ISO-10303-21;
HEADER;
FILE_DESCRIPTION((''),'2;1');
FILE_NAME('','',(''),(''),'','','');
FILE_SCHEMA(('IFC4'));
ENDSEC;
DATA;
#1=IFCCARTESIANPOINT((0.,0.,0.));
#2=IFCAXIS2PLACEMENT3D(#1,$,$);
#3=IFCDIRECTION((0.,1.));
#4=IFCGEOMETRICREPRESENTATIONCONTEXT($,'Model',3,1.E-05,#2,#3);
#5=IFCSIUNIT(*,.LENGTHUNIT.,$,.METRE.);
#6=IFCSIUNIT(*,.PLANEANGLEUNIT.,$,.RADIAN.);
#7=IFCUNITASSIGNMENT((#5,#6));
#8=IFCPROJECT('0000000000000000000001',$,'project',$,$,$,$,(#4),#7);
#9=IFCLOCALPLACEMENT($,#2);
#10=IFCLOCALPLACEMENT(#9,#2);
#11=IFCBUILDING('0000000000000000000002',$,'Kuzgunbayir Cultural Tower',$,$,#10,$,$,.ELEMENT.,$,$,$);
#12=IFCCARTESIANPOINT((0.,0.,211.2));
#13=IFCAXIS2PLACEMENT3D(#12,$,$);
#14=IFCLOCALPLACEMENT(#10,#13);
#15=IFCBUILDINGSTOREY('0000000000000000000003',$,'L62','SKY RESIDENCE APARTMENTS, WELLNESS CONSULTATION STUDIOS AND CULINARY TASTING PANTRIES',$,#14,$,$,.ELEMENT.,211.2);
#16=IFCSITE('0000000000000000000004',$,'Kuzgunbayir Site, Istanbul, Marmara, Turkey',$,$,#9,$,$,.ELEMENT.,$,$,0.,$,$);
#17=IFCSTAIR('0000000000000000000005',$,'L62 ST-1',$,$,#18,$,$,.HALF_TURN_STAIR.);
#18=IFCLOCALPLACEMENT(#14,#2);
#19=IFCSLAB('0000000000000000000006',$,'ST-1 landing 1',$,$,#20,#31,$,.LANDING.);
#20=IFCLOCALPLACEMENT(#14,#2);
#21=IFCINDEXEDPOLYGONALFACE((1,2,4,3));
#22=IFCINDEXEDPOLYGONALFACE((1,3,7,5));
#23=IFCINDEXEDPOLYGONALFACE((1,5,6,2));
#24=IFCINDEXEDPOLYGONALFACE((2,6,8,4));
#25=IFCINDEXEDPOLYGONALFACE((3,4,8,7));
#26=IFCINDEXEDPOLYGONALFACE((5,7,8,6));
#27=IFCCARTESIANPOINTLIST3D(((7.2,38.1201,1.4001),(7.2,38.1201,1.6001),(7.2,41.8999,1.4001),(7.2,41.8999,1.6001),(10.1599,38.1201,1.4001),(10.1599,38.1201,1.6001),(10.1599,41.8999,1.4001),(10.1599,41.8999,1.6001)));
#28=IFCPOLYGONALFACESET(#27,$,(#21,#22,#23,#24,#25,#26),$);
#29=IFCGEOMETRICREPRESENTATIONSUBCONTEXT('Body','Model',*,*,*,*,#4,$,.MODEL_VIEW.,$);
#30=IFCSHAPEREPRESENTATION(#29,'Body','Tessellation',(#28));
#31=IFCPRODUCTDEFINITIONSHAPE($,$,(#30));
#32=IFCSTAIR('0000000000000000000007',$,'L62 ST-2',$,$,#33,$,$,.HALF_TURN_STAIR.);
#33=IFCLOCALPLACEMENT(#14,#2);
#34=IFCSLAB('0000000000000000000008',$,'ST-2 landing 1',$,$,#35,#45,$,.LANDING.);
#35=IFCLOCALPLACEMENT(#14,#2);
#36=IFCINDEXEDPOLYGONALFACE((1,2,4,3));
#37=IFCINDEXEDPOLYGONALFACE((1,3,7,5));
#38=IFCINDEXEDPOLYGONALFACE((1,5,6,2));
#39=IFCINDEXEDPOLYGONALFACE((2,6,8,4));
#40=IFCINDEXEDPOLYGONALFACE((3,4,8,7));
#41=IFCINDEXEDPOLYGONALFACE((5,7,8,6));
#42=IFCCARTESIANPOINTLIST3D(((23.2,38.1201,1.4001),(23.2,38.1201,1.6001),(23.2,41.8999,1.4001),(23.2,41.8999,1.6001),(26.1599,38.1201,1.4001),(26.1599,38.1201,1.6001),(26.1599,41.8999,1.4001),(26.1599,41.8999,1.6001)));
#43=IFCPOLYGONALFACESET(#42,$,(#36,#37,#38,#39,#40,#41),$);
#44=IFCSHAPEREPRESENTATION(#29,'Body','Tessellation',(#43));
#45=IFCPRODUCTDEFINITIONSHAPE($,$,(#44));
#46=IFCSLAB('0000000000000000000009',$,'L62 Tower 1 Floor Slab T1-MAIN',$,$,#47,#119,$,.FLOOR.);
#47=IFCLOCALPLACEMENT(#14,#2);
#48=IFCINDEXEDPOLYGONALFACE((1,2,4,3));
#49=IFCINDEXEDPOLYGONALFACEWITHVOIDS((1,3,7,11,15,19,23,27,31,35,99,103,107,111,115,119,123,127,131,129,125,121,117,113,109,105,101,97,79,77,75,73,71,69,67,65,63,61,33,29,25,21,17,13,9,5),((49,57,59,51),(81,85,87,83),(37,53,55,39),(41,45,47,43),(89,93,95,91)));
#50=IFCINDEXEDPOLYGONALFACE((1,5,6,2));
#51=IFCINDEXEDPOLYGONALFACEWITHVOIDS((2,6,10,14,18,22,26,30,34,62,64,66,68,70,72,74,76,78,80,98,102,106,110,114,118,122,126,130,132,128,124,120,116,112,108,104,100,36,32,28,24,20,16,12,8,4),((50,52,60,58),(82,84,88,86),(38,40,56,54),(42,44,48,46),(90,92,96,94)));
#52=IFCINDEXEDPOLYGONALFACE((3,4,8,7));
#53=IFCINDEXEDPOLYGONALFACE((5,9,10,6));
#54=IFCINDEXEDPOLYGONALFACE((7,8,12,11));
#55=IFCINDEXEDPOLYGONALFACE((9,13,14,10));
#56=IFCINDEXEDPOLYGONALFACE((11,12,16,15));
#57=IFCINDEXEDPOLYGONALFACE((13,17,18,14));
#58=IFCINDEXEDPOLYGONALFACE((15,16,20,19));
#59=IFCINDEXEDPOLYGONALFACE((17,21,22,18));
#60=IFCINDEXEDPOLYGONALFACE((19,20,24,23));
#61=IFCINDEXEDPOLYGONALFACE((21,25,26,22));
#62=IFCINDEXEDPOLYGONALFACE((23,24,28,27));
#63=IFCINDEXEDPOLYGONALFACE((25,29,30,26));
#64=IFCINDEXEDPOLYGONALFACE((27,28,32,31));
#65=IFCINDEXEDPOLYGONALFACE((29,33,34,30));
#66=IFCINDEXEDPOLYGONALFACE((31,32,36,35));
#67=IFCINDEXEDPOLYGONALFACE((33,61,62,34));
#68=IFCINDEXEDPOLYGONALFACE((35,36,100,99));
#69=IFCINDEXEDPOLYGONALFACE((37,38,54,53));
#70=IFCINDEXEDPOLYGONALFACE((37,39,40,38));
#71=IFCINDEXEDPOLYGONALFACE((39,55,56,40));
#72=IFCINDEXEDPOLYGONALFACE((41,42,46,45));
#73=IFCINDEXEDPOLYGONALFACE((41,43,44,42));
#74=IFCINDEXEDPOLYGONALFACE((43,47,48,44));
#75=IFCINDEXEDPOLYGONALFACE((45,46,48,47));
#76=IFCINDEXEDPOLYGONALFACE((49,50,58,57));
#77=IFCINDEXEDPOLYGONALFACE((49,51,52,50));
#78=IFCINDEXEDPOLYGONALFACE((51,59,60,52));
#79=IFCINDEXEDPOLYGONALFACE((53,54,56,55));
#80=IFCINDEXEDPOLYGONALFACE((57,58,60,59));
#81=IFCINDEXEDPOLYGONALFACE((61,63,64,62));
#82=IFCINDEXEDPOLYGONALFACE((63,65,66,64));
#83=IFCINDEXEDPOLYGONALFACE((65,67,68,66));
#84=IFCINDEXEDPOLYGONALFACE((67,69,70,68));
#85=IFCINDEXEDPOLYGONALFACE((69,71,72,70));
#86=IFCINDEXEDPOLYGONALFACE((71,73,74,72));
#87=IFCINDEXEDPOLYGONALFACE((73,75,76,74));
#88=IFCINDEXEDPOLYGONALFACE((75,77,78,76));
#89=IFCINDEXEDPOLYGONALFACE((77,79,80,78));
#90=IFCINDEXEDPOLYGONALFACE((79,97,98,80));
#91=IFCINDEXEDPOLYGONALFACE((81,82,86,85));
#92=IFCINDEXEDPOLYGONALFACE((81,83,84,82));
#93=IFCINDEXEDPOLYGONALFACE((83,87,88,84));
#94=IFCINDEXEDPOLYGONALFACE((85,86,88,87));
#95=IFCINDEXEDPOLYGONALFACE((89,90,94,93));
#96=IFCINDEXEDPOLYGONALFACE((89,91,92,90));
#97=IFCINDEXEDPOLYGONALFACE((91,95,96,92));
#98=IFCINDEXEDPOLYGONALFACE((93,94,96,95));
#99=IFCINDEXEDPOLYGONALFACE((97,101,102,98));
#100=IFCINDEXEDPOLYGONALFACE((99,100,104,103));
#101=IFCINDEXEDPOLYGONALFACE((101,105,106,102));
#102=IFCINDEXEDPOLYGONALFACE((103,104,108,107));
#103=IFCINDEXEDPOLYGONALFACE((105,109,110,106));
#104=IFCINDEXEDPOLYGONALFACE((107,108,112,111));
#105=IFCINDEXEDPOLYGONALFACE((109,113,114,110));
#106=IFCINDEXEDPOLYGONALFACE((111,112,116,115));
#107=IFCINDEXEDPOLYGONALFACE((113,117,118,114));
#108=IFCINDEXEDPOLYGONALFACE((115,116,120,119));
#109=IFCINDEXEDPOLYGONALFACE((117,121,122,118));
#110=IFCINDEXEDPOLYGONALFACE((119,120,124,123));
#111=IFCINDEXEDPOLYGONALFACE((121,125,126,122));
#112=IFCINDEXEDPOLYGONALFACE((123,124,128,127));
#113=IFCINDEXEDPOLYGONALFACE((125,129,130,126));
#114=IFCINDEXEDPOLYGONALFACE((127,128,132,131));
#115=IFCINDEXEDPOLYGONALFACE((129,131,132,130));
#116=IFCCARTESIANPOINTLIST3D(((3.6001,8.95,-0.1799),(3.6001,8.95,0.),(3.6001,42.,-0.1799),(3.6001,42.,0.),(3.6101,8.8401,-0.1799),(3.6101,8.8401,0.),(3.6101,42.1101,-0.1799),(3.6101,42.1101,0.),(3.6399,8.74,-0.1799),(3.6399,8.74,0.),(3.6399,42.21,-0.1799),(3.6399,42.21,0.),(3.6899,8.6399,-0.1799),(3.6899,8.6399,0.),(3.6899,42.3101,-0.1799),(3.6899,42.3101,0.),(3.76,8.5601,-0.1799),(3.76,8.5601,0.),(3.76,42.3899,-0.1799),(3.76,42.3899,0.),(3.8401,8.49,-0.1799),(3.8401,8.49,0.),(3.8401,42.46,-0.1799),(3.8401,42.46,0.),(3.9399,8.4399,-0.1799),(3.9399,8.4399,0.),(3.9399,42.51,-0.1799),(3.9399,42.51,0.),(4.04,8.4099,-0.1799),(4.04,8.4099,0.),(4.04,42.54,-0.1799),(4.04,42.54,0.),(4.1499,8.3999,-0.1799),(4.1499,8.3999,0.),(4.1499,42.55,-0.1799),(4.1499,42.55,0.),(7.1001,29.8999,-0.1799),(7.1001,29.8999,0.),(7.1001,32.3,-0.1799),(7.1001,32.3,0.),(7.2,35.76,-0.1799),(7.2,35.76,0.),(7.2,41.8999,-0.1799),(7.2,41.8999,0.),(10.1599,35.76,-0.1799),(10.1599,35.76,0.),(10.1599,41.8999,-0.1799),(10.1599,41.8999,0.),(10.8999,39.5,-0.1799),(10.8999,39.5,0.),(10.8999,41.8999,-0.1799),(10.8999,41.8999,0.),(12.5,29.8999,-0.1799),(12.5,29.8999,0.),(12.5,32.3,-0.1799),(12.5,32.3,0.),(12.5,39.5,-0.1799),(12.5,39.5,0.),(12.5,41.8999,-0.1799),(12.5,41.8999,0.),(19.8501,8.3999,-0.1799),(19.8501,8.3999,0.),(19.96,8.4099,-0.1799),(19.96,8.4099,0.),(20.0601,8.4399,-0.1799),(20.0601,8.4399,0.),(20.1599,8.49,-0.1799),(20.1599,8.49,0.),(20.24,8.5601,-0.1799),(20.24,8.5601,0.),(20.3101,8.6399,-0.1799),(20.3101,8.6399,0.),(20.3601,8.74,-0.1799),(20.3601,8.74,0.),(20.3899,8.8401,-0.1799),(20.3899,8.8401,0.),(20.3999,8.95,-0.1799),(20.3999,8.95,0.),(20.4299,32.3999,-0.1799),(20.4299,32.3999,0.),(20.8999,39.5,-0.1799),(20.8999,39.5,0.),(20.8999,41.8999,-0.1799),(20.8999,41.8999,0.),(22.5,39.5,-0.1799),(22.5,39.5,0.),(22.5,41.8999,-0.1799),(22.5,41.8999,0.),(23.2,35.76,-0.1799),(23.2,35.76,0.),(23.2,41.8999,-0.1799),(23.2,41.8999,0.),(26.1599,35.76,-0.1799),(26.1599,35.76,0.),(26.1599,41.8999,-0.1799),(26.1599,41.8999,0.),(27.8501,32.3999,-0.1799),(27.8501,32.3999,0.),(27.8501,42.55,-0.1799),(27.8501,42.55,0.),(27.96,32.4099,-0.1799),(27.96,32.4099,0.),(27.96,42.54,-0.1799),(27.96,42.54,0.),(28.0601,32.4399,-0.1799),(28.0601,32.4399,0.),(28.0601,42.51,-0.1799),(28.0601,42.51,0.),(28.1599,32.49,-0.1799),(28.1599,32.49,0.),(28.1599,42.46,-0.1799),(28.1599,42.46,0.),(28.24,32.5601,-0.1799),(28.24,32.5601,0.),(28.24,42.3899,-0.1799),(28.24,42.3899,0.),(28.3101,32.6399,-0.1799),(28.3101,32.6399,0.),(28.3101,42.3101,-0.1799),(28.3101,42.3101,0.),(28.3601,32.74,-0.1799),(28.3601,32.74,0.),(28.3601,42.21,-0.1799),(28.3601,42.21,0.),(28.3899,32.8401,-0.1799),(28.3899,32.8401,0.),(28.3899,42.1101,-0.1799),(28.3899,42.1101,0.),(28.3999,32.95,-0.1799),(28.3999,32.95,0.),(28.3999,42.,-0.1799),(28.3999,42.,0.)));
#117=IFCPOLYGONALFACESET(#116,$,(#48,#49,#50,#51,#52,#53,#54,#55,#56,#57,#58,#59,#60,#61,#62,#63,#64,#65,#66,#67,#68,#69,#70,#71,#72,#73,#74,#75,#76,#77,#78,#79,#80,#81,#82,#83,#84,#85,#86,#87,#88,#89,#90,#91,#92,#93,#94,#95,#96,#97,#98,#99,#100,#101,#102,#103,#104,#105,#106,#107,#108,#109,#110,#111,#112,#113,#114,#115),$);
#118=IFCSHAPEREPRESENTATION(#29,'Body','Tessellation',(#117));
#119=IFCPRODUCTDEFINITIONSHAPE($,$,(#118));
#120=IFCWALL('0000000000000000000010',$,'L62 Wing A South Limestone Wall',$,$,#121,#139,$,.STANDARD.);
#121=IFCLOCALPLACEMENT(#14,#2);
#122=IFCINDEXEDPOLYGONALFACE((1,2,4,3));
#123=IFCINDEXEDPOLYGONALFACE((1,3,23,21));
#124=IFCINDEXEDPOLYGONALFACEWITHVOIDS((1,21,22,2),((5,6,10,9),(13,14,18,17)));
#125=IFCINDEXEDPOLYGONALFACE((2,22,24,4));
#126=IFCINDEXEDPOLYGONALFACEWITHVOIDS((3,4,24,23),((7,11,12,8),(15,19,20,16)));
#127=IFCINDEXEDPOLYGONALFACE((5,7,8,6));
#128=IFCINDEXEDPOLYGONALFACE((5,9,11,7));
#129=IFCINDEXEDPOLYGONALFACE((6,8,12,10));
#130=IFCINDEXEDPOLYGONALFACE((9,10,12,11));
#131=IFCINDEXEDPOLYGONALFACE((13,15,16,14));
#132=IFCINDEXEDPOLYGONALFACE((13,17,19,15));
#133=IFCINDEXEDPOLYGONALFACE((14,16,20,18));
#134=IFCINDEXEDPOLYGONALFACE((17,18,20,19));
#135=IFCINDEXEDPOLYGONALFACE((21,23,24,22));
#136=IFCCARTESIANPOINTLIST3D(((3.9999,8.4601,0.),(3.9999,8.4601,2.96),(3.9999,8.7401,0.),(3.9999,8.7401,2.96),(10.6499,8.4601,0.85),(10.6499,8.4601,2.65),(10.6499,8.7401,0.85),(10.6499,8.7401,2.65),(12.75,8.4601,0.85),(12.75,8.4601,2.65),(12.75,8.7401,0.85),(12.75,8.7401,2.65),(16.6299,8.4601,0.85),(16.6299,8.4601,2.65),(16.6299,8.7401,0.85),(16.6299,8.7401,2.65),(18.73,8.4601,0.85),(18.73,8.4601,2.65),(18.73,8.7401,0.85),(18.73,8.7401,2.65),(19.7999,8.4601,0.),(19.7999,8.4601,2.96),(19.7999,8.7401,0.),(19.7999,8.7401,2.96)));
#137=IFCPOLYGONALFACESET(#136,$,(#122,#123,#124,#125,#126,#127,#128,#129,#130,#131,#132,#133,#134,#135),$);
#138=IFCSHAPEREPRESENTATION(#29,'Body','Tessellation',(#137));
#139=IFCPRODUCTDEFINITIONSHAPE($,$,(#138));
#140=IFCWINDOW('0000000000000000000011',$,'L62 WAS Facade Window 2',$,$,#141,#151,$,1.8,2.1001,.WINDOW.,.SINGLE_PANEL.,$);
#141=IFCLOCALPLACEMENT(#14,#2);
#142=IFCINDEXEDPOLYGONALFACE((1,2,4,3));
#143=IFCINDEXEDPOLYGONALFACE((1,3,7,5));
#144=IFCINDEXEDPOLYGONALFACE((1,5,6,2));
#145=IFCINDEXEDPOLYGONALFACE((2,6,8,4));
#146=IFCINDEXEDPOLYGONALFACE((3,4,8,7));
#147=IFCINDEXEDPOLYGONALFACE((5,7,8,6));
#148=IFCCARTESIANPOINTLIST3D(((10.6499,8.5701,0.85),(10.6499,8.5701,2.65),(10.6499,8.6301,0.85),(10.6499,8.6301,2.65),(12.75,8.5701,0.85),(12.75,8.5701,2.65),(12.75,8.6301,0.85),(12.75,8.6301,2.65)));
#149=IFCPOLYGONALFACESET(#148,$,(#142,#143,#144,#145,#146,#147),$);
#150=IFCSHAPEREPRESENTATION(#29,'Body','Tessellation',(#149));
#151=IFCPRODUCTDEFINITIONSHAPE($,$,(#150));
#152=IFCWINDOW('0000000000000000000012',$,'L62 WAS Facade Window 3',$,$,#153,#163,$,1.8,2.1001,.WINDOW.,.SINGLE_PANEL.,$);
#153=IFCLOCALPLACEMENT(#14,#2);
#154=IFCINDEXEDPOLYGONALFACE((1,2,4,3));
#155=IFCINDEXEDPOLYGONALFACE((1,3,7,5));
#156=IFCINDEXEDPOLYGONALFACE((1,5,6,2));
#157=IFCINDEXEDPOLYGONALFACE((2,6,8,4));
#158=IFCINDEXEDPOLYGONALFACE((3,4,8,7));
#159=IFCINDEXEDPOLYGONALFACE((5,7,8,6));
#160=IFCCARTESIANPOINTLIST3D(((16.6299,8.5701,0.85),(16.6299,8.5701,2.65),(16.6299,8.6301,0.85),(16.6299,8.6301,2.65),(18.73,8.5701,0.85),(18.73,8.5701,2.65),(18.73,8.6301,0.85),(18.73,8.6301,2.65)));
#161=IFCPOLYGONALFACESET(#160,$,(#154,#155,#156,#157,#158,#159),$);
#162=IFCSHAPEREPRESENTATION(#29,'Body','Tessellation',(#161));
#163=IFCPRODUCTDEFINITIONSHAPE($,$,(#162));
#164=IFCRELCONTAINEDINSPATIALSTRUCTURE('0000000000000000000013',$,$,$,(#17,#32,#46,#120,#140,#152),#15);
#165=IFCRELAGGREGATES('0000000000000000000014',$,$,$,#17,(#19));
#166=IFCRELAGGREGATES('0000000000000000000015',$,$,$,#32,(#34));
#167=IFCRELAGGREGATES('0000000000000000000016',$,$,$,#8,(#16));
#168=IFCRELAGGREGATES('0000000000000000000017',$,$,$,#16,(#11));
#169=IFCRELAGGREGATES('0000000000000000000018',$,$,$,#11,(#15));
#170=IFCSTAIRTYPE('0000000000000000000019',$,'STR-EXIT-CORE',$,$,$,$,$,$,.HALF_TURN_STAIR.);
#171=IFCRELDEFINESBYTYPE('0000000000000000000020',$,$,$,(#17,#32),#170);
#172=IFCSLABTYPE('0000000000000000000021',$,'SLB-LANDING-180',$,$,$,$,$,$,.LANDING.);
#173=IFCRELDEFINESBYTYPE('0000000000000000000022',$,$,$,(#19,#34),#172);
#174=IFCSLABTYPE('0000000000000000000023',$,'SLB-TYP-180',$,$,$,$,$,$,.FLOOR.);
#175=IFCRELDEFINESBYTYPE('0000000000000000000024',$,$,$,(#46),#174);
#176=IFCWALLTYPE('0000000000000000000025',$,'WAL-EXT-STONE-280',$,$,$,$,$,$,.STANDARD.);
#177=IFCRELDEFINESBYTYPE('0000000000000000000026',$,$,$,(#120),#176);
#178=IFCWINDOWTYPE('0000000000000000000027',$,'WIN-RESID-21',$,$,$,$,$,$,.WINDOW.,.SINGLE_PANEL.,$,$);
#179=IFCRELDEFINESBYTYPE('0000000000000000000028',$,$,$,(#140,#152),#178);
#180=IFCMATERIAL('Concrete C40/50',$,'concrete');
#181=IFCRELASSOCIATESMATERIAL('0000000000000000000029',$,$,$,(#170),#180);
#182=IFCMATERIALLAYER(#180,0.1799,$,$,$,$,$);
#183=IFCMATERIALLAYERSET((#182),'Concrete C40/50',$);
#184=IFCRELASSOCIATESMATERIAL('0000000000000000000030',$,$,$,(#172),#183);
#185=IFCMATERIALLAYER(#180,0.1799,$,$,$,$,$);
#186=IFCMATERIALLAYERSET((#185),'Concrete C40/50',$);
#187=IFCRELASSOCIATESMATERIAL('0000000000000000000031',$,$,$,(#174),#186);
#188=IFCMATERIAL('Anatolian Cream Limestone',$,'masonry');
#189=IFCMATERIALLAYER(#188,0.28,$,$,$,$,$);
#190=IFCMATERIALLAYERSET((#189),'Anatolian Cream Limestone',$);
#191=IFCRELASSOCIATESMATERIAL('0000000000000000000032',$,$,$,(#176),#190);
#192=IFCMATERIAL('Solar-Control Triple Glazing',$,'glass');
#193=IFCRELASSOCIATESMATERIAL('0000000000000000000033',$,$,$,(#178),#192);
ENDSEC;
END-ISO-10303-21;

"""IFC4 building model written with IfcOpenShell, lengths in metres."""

from ifc_helpers import new_model, si_unit, direction, frame, frame_2d, origin, place, context, subcontext, project, spatial, polyline, rectangle, outline, extrude, material, layer, layer_set, type_object, element, fill, aggregate, save


model = new_model("IFC4")

# Units and contexts
model_context = context("Model", 3, precision=1e-05, world=origin(), true_north=direction((0.0, 1.0)))
body_context = subcontext(model_context, "Body", "Model", "MODEL_VIEW")
ifc_project = project(units=[si_unit("LENGTHUNIT", "METRE"), si_unit("PLANEANGLEUNIT", "RADIAN")], contexts=[model_context])

# Site, building, storey
site_placement = place(None, origin())
site = spatial("IfcSite", under=ifc_project, at=site_placement, Name="Kuzgunbayir Site, Istanbul, Marmara, Turkey", CompositionType="ELEMENT", RefElevation=0.0)
building_placement = place(site_placement, origin())
building = spatial("IfcBuilding", under=site, at=building_placement, Name="Kuzgunbayir Cultural Tower", CompositionType="ELEMENT")
storey_placement = place(building_placement, frame((0.0, 0.0, 211.2)))
storey = spatial("IfcBuildingStorey", under=building, at=storey_placement, Name="L62", Description="SKY RESIDENCE APARTMENTS, WELLNESS CONSULTATION STUDIOS AND CULINARY TASTING PANTRIES", CompositionType="ELEMENT", Elevation=211.2)

# Shared definitions
ifc_material_1 = material(Name="Concrete C40/50", Category="concrete")

# Stairs, slabs
stair_type = type_object("IfcStairType", Name="STR-EXIT-CORE", PredefinedType="HALF_TURN_STAIR", material=ifc_material_1)
stair_1_placement = place(storey_placement, origin())
stair_1 = element("IfcStair", 1, at=stair_1_placement, inside=storey, type_object=stair_type, Name="L62 ST-1", PredefinedType="HALF_TURN_STAIR")
ifc_layer_1 = layer(ifc_material_1, 0.1799)
ifc_layer_set_1 = layer_set([ifc_layer_1], Name="Concrete C40/50")
slab_type_1 = type_object("IfcSlabType", Name="SLB-LANDING-180", PredefinedType="LANDING", material=ifc_layer_set_1)
slab_1_placement = place(storey_placement, frame((0.0, 0.0, 1.4001)))
slab_1 = element("IfcSlab", 2, at=slab_1_placement, type_object=slab_type_1, Name="ST-1 landing 1", PredefinedType="LANDING", context=body_context, shape_type="SweptSolid", body=[
    extrude(outline(polyline([(10.1599, 38.1201), (10.1599, 41.8999), (7.2, 41.8999), (7.2, 38.1201), (10.1599, 38.1201)])), origin(), (0.0, 0.0, 1.0), 0.2),
])
aggregate(stair_1, [slab_1])
stair_2_placement = place(storey_placement, origin())
stair_2 = element("IfcStair", 3, at=stair_2_placement, inside=storey, type_object=stair_type, Name="L62 ST-2", PredefinedType="HALF_TURN_STAIR")
slab_2_placement = place(storey_placement, frame((0.0, 0.0, 1.4001)))
slab_2 = element("IfcSlab", 4, at=slab_2_placement, type_object=slab_type_1, Name="ST-2 landing 1", PredefinedType="LANDING", context=body_context, shape_type="SweptSolid", body=[
    extrude(outline(polyline([(26.1599, 38.1201), (26.1599, 41.8999), (23.2, 41.8999), (23.2, 38.1201), (26.1599, 38.1201)])), origin(), (0.0, 0.0, 1.0), 0.2),
])
aggregate(stair_2, [slab_2])

# Slab
ifc_layer_2 = layer(ifc_material_1, 0.1799)
ifc_layer_set_2 = layer_set([ifc_layer_2], Name="Concrete C40/50")
slab_type_2 = type_object("IfcSlabType", Name="SLB-TYP-180", PredefinedType="FLOOR", material=ifc_layer_set_2)
slab_3_placement = place(storey_placement, frame((0.0, 0.0, -0.1799)))
element("IfcSlab", 5, at=slab_3_placement, inside=storey, type_object=slab_type_2, Name="L62 Tower 1 Floor Slab T1-MAIN", PredefinedType="FLOOR", context=body_context, shape_type="SweptSolid", body=[
    extrude(outline(polyline([(20.3999, 8.95), (20.3899, 8.8401), (20.3601, 8.74), (20.3101, 8.6399), (20.24, 8.5601), (20.1599, 8.49), (20.0601, 8.4399), (19.96, 8.4099), (19.8501, 8.3999), (4.1499, 8.3999), (4.04, 8.4099), (3.9399, 8.4399), (3.8401, 8.49), (3.76, 8.5601), (3.6899, 8.6399), (3.6399, 8.74), (3.6101, 8.8401), (3.6001, 8.95), (3.6001, 42.0), (3.6101, 42.1101), (3.6399, 42.21), (3.6899, 42.3101), (3.76, 42.3899), (3.8401, 42.46), (3.9399, 42.51), (4.04, 42.54), (4.1499, 42.55), (27.8501, 42.55), (27.96, 42.54), (28.0601, 42.51), (28.1599, 42.46), (28.24, 42.3899), (28.3101, 42.3101), (28.3601, 42.21), (28.3899, 42.1101), (28.3999, 42.0), (28.3999, 32.95), (28.3899, 32.8401), (28.3601, 32.74), (28.3101, 32.6399), (28.24, 32.5601), (28.1599, 32.49), (28.0601, 32.4399), (27.96, 32.4099), (27.8501, 32.3999), (20.4299, 32.3999), (20.3999, 8.95)]), holes=[polyline([(7.2, 35.76), (7.2, 41.8999), (10.1599, 41.8999), (10.1599, 35.76), (7.2, 35.76)]), polyline([(23.2, 35.76), (23.2, 41.8999), (26.1599, 41.8999), (26.1599, 35.76), (23.2, 35.76)]), polyline([(7.1001, 29.8999), (7.1001, 32.3), (12.5, 32.3), (12.5, 29.8999), (7.1001, 29.8999)]), polyline([(10.8999, 39.5), (10.8999, 41.8999), (12.5, 41.8999), (12.5, 39.5), (10.8999, 39.5)]), polyline([(20.8999, 39.5), (20.8999, 41.8999), (22.5, 41.8999), (22.5, 39.5), (20.8999, 39.5)])]), origin(), (0.0, 0.0, 1.0), 0.1799),
])

# Wall, openings, windows
ifc_material_2 = material(Name="Anatolian Cream Limestone", Category="masonry")
ifc_layer_3 = layer(ifc_material_2, 0.28)
ifc_layer_set_3 = layer_set([ifc_layer_3], Name="Anatolian Cream Limestone")
wall_type_1 = type_object("IfcWallType", Name="WAL-EXT-STONE-280", PredefinedType="STANDARD", material=ifc_layer_set_3)
wall_1_placement = place(storey_placement, frame((4.0, 8.6001, 0.0), z_axis=(0.0, 0.0, 1.0), x_axis=(1.0, 0.0, 0.0)))
wall_1 = element("IfcWall", 6, at=wall_1_placement, inside=storey, type_object=wall_type_1, Name="L62 Wing A South Limestone Wall", PredefinedType="STANDARD", context=body_context, shape_type="SweptSolid", body=[
    extrude(rectangle(XDim=15.8, YDim=0.28, at=frame_2d((7.8999, 0.0))), origin(), (0.0, 0.0, 1.0), 2.96),
])
opening_1_placement = place(wall_1_placement, frame((6.6499, 0.0, 0.8501)))
opening_1 = element("IfcOpeningElement", 7, at=opening_1_placement, cuts=wall_1, PredefinedType="OPENING", context=body_context, shape_type="SweptSolid", body=[
    extrude(rectangle(XDim=2.1001, YDim=1.8, at=frame_2d((1.05, 0.8999))), frame((0.0, 0.1499, 0.0), z_axis=(0.0, -1.0, 0.0), x_axis=(1.0, 0.0, 0.0)), (0.0, 0.0, 1.0), 0.3),
])
opening_2_placement = place(wall_1_placement, frame((12.6299, 0.0, 0.8501)))
opening_2 = element("IfcOpeningElement", 8, at=opening_2_placement, cuts=wall_1, PredefinedType="OPENING", context=body_context, shape_type="SweptSolid", body=[
    extrude(rectangle(XDim=2.1001, YDim=1.8, at=frame_2d((1.05, 0.8999))), frame((0.0, 0.1499, 0.0), z_axis=(0.0, -1.0, 0.0), x_axis=(1.0, 0.0, 0.0)), (0.0, 0.0, 1.0), 0.3),
])
ifc_material_3 = material(Name="Solar-Control Triple Glazing", Category="glass")
window_type = type_object("IfcWindowType", Name="WIN-RESID-21", PartitioningType="SINGLE_PANEL", PredefinedType="WINDOW", material=ifc_material_3)
window_1_placement = place(opening_1_placement, origin())
window_1 = element("IfcWindow", 9, at=window_1_placement, inside=storey, type_object=window_type, Name="L62 WAS Facade Window 2", OverallHeight=1.8, OverallWidth=2.1001, PartitioningType="SINGLE_PANEL", PredefinedType="WINDOW", context=body_context, shape_type="SweptSolid", body=[
    extrude(rectangle(XDim=2.1001, YDim=1.8, at=frame_2d((1.05, 0.8999))), frame((0.0, 0.03, 0.0), z_axis=(0.0, -1.0, 0.0), x_axis=(1.0, 0.0, 0.0)), (0.0, 0.0, 1.0), 0.0601),
])
fill(opening_1, window_1)
window_2_placement = place(opening_2_placement, origin())
window_2 = element("IfcWindow", 10, at=window_2_placement, inside=storey, type_object=window_type, Name="L62 WAS Facade Window 3", OverallHeight=1.8, OverallWidth=2.1001, PartitioningType="SINGLE_PANEL", PredefinedType="WINDOW", context=body_context, shape_type="SweptSolid", body=[
    extrude(rectangle(XDim=2.1001, YDim=1.8, at=frame_2d((1.05, 0.8999))), frame((0.0, 0.03, 0.0), z_axis=(0.0, -1.0, 0.0), x_axis=(1.0, 0.0, 0.0)), (0.0, 0.0, 1.0), 0.0601),
])
fill(opening_2, window_2)

save(model, "model.ifc")
